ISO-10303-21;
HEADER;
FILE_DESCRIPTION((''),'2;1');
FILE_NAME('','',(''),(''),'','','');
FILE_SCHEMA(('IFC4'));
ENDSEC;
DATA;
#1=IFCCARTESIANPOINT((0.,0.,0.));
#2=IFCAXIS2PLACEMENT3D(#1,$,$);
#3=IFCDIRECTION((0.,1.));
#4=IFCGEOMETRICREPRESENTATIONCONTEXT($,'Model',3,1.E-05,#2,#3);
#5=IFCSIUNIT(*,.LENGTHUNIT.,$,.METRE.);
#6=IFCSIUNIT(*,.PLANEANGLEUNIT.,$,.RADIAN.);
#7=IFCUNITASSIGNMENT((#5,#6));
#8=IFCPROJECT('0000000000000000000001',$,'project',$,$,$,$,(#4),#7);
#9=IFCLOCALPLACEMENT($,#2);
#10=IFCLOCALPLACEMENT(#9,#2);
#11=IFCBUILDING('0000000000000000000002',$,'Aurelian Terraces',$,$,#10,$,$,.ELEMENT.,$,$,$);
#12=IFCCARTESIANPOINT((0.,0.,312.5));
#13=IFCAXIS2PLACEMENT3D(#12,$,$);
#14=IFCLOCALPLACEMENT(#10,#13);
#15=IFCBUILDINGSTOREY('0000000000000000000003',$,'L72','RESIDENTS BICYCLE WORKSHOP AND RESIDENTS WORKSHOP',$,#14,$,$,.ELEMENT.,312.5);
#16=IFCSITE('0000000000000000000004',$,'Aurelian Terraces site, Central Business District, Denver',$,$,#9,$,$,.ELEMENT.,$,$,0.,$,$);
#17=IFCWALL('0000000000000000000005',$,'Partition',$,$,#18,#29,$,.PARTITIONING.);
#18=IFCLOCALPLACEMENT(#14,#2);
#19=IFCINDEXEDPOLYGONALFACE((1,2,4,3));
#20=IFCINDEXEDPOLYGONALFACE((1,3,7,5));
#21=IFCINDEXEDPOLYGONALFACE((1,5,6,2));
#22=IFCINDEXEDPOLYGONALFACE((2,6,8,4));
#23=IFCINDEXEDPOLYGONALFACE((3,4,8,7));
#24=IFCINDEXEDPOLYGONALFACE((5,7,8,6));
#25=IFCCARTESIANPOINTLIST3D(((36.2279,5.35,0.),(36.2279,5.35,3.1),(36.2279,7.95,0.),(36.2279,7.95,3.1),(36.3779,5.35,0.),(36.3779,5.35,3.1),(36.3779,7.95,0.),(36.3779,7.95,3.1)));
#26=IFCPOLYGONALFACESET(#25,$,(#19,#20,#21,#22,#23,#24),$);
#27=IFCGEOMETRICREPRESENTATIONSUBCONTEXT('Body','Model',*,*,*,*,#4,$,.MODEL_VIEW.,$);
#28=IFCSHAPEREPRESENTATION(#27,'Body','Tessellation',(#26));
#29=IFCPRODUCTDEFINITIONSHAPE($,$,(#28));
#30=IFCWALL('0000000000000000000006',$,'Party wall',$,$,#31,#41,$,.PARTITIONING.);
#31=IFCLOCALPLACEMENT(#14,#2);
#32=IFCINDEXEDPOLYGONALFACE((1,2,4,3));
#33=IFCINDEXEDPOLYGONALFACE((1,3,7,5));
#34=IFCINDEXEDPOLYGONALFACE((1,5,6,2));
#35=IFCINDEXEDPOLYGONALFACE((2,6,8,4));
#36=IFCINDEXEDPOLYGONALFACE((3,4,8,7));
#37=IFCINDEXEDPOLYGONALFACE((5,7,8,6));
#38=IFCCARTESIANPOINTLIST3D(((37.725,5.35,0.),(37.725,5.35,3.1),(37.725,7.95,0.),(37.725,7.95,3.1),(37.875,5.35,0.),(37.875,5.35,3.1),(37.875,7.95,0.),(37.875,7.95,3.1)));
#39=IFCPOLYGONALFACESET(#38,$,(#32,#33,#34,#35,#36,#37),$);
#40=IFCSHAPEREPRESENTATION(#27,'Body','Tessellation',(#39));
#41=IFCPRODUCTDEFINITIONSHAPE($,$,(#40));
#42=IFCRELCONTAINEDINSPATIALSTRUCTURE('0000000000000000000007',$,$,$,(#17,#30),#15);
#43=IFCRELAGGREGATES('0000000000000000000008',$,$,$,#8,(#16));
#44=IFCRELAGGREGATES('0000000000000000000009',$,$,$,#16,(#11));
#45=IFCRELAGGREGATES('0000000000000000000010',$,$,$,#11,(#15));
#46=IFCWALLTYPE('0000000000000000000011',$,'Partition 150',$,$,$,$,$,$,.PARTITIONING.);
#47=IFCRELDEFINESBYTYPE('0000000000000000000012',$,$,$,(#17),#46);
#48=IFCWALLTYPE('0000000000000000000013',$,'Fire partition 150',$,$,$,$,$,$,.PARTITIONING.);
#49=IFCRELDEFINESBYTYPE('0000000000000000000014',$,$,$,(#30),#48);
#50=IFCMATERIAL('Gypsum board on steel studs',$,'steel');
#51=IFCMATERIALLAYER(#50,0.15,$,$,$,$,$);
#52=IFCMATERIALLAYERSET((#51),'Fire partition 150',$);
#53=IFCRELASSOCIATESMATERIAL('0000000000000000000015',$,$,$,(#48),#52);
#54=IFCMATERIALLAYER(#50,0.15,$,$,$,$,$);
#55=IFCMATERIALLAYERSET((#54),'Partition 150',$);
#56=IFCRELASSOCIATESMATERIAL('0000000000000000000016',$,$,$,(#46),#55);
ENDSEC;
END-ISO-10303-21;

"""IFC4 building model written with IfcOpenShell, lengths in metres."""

from ifc_helpers import new_model, si_unit, direction, frame, frame_2d, origin, place, context, subcontext, project, spatial, rectangle, extrude, source, transform, mapped, material, layer, layer_set, type_object, element, save


model = new_model("IFC4")

# Units and contexts
model_context = context("Model", 3, precision=1e-05, world=origin(), true_north=direction((0.0, 1.0)))
body_context = subcontext(model_context, "Body", "Model", "MODEL_VIEW")
ifc_project = project(units=[si_unit("LENGTHUNIT", "METRE"), si_unit("PLANEANGLEUNIT", "RADIAN")], contexts=[model_context])

# Site, building, storey
site_placement = place(None, origin())
site = spatial("IfcSite", under=ifc_project, at=site_placement, Name="Aurelian Terraces site, Central Business District, Denver", CompositionType="ELEMENT", RefElevation=0.0)
building_placement = place(site_placement, origin())
building = spatial("IfcBuilding", under=site, at=building_placement, Name="Aurelian Terraces", CompositionType="ELEMENT")
storey_placement = place(building_placement, frame((0.0, 0.0, 312.5)))
storey = spatial("IfcBuildingStorey", under=building, at=storey_placement, Name="L72", Description="RESIDENTS BICYCLE WORKSHOP AND RESIDENTS WORKSHOP", CompositionType="ELEMENT", Elevation=312.5)

# Shared definitions
ifc_material_1 = material(Name="Gypsum board on steel studs", Category="steel")
ifc_layer_1 = layer(ifc_material_1, 0.15)
ifc_layer_set_1 = layer_set([ifc_layer_1], Name="Fire partition 150")
wall_type_1 = type_object("IfcWallType", Name="Fire partition 150", PredefinedType="PARTITIONING", material=ifc_layer_set_1)

# Shared definitions
ifc_layer_2 = layer(ifc_material_1, 0.15)
ifc_layer_set_2 = layer_set([ifc_layer_2], Name="Partition 150")
wall_type_2 = type_object("IfcWallType", Name="Partition 150", PredefinedType="PARTITIONING", material=ifc_layer_set_2)

# Shared definitions
shared_shape_1 = source(origin(), body_context, "Body", "SweptSolid", [
    extrude(rectangle(XDim=2.6, YDim=0.15, at=frame_2d((1.3, 0.0))), origin(), (0.0, 0.0, 1.0), 3.1),
])

# Walls
wall_1_placement = place(storey_placement, frame((36.3029, 5.35, 0.0), z_axis=(0.0, 0.0, 1.0), x_axis=(0.0, 1.0, 0.0)))
element("IfcWall", 1, at=wall_1_placement, inside=storey, type_object=wall_type_2, Name="Partition", PredefinedType="PARTITIONING", context=body_context, shape_type="MappedRepresentation", body=[
    mapped(shared_shape_1, transform((0.0, 0.0, 0.0), scale=1.0)),
])
wall_2_placement = place(storey_placement, frame((37.8, 5.35, 0.0), z_axis=(0.0, 0.0, 1.0), x_axis=(0.0, 1.0, 0.0)))
element("IfcWall", 2, at=wall_2_placement, inside=storey, type_object=wall_type_1, Name="Party wall", PredefinedType="PARTITIONING", context=body_context, shape_type="MappedRepresentation", body=[
    mapped(shared_shape_1, transform((0.0, 0.0, 0.0), scale=1.0)),
])

save(model, "model.ifc")
